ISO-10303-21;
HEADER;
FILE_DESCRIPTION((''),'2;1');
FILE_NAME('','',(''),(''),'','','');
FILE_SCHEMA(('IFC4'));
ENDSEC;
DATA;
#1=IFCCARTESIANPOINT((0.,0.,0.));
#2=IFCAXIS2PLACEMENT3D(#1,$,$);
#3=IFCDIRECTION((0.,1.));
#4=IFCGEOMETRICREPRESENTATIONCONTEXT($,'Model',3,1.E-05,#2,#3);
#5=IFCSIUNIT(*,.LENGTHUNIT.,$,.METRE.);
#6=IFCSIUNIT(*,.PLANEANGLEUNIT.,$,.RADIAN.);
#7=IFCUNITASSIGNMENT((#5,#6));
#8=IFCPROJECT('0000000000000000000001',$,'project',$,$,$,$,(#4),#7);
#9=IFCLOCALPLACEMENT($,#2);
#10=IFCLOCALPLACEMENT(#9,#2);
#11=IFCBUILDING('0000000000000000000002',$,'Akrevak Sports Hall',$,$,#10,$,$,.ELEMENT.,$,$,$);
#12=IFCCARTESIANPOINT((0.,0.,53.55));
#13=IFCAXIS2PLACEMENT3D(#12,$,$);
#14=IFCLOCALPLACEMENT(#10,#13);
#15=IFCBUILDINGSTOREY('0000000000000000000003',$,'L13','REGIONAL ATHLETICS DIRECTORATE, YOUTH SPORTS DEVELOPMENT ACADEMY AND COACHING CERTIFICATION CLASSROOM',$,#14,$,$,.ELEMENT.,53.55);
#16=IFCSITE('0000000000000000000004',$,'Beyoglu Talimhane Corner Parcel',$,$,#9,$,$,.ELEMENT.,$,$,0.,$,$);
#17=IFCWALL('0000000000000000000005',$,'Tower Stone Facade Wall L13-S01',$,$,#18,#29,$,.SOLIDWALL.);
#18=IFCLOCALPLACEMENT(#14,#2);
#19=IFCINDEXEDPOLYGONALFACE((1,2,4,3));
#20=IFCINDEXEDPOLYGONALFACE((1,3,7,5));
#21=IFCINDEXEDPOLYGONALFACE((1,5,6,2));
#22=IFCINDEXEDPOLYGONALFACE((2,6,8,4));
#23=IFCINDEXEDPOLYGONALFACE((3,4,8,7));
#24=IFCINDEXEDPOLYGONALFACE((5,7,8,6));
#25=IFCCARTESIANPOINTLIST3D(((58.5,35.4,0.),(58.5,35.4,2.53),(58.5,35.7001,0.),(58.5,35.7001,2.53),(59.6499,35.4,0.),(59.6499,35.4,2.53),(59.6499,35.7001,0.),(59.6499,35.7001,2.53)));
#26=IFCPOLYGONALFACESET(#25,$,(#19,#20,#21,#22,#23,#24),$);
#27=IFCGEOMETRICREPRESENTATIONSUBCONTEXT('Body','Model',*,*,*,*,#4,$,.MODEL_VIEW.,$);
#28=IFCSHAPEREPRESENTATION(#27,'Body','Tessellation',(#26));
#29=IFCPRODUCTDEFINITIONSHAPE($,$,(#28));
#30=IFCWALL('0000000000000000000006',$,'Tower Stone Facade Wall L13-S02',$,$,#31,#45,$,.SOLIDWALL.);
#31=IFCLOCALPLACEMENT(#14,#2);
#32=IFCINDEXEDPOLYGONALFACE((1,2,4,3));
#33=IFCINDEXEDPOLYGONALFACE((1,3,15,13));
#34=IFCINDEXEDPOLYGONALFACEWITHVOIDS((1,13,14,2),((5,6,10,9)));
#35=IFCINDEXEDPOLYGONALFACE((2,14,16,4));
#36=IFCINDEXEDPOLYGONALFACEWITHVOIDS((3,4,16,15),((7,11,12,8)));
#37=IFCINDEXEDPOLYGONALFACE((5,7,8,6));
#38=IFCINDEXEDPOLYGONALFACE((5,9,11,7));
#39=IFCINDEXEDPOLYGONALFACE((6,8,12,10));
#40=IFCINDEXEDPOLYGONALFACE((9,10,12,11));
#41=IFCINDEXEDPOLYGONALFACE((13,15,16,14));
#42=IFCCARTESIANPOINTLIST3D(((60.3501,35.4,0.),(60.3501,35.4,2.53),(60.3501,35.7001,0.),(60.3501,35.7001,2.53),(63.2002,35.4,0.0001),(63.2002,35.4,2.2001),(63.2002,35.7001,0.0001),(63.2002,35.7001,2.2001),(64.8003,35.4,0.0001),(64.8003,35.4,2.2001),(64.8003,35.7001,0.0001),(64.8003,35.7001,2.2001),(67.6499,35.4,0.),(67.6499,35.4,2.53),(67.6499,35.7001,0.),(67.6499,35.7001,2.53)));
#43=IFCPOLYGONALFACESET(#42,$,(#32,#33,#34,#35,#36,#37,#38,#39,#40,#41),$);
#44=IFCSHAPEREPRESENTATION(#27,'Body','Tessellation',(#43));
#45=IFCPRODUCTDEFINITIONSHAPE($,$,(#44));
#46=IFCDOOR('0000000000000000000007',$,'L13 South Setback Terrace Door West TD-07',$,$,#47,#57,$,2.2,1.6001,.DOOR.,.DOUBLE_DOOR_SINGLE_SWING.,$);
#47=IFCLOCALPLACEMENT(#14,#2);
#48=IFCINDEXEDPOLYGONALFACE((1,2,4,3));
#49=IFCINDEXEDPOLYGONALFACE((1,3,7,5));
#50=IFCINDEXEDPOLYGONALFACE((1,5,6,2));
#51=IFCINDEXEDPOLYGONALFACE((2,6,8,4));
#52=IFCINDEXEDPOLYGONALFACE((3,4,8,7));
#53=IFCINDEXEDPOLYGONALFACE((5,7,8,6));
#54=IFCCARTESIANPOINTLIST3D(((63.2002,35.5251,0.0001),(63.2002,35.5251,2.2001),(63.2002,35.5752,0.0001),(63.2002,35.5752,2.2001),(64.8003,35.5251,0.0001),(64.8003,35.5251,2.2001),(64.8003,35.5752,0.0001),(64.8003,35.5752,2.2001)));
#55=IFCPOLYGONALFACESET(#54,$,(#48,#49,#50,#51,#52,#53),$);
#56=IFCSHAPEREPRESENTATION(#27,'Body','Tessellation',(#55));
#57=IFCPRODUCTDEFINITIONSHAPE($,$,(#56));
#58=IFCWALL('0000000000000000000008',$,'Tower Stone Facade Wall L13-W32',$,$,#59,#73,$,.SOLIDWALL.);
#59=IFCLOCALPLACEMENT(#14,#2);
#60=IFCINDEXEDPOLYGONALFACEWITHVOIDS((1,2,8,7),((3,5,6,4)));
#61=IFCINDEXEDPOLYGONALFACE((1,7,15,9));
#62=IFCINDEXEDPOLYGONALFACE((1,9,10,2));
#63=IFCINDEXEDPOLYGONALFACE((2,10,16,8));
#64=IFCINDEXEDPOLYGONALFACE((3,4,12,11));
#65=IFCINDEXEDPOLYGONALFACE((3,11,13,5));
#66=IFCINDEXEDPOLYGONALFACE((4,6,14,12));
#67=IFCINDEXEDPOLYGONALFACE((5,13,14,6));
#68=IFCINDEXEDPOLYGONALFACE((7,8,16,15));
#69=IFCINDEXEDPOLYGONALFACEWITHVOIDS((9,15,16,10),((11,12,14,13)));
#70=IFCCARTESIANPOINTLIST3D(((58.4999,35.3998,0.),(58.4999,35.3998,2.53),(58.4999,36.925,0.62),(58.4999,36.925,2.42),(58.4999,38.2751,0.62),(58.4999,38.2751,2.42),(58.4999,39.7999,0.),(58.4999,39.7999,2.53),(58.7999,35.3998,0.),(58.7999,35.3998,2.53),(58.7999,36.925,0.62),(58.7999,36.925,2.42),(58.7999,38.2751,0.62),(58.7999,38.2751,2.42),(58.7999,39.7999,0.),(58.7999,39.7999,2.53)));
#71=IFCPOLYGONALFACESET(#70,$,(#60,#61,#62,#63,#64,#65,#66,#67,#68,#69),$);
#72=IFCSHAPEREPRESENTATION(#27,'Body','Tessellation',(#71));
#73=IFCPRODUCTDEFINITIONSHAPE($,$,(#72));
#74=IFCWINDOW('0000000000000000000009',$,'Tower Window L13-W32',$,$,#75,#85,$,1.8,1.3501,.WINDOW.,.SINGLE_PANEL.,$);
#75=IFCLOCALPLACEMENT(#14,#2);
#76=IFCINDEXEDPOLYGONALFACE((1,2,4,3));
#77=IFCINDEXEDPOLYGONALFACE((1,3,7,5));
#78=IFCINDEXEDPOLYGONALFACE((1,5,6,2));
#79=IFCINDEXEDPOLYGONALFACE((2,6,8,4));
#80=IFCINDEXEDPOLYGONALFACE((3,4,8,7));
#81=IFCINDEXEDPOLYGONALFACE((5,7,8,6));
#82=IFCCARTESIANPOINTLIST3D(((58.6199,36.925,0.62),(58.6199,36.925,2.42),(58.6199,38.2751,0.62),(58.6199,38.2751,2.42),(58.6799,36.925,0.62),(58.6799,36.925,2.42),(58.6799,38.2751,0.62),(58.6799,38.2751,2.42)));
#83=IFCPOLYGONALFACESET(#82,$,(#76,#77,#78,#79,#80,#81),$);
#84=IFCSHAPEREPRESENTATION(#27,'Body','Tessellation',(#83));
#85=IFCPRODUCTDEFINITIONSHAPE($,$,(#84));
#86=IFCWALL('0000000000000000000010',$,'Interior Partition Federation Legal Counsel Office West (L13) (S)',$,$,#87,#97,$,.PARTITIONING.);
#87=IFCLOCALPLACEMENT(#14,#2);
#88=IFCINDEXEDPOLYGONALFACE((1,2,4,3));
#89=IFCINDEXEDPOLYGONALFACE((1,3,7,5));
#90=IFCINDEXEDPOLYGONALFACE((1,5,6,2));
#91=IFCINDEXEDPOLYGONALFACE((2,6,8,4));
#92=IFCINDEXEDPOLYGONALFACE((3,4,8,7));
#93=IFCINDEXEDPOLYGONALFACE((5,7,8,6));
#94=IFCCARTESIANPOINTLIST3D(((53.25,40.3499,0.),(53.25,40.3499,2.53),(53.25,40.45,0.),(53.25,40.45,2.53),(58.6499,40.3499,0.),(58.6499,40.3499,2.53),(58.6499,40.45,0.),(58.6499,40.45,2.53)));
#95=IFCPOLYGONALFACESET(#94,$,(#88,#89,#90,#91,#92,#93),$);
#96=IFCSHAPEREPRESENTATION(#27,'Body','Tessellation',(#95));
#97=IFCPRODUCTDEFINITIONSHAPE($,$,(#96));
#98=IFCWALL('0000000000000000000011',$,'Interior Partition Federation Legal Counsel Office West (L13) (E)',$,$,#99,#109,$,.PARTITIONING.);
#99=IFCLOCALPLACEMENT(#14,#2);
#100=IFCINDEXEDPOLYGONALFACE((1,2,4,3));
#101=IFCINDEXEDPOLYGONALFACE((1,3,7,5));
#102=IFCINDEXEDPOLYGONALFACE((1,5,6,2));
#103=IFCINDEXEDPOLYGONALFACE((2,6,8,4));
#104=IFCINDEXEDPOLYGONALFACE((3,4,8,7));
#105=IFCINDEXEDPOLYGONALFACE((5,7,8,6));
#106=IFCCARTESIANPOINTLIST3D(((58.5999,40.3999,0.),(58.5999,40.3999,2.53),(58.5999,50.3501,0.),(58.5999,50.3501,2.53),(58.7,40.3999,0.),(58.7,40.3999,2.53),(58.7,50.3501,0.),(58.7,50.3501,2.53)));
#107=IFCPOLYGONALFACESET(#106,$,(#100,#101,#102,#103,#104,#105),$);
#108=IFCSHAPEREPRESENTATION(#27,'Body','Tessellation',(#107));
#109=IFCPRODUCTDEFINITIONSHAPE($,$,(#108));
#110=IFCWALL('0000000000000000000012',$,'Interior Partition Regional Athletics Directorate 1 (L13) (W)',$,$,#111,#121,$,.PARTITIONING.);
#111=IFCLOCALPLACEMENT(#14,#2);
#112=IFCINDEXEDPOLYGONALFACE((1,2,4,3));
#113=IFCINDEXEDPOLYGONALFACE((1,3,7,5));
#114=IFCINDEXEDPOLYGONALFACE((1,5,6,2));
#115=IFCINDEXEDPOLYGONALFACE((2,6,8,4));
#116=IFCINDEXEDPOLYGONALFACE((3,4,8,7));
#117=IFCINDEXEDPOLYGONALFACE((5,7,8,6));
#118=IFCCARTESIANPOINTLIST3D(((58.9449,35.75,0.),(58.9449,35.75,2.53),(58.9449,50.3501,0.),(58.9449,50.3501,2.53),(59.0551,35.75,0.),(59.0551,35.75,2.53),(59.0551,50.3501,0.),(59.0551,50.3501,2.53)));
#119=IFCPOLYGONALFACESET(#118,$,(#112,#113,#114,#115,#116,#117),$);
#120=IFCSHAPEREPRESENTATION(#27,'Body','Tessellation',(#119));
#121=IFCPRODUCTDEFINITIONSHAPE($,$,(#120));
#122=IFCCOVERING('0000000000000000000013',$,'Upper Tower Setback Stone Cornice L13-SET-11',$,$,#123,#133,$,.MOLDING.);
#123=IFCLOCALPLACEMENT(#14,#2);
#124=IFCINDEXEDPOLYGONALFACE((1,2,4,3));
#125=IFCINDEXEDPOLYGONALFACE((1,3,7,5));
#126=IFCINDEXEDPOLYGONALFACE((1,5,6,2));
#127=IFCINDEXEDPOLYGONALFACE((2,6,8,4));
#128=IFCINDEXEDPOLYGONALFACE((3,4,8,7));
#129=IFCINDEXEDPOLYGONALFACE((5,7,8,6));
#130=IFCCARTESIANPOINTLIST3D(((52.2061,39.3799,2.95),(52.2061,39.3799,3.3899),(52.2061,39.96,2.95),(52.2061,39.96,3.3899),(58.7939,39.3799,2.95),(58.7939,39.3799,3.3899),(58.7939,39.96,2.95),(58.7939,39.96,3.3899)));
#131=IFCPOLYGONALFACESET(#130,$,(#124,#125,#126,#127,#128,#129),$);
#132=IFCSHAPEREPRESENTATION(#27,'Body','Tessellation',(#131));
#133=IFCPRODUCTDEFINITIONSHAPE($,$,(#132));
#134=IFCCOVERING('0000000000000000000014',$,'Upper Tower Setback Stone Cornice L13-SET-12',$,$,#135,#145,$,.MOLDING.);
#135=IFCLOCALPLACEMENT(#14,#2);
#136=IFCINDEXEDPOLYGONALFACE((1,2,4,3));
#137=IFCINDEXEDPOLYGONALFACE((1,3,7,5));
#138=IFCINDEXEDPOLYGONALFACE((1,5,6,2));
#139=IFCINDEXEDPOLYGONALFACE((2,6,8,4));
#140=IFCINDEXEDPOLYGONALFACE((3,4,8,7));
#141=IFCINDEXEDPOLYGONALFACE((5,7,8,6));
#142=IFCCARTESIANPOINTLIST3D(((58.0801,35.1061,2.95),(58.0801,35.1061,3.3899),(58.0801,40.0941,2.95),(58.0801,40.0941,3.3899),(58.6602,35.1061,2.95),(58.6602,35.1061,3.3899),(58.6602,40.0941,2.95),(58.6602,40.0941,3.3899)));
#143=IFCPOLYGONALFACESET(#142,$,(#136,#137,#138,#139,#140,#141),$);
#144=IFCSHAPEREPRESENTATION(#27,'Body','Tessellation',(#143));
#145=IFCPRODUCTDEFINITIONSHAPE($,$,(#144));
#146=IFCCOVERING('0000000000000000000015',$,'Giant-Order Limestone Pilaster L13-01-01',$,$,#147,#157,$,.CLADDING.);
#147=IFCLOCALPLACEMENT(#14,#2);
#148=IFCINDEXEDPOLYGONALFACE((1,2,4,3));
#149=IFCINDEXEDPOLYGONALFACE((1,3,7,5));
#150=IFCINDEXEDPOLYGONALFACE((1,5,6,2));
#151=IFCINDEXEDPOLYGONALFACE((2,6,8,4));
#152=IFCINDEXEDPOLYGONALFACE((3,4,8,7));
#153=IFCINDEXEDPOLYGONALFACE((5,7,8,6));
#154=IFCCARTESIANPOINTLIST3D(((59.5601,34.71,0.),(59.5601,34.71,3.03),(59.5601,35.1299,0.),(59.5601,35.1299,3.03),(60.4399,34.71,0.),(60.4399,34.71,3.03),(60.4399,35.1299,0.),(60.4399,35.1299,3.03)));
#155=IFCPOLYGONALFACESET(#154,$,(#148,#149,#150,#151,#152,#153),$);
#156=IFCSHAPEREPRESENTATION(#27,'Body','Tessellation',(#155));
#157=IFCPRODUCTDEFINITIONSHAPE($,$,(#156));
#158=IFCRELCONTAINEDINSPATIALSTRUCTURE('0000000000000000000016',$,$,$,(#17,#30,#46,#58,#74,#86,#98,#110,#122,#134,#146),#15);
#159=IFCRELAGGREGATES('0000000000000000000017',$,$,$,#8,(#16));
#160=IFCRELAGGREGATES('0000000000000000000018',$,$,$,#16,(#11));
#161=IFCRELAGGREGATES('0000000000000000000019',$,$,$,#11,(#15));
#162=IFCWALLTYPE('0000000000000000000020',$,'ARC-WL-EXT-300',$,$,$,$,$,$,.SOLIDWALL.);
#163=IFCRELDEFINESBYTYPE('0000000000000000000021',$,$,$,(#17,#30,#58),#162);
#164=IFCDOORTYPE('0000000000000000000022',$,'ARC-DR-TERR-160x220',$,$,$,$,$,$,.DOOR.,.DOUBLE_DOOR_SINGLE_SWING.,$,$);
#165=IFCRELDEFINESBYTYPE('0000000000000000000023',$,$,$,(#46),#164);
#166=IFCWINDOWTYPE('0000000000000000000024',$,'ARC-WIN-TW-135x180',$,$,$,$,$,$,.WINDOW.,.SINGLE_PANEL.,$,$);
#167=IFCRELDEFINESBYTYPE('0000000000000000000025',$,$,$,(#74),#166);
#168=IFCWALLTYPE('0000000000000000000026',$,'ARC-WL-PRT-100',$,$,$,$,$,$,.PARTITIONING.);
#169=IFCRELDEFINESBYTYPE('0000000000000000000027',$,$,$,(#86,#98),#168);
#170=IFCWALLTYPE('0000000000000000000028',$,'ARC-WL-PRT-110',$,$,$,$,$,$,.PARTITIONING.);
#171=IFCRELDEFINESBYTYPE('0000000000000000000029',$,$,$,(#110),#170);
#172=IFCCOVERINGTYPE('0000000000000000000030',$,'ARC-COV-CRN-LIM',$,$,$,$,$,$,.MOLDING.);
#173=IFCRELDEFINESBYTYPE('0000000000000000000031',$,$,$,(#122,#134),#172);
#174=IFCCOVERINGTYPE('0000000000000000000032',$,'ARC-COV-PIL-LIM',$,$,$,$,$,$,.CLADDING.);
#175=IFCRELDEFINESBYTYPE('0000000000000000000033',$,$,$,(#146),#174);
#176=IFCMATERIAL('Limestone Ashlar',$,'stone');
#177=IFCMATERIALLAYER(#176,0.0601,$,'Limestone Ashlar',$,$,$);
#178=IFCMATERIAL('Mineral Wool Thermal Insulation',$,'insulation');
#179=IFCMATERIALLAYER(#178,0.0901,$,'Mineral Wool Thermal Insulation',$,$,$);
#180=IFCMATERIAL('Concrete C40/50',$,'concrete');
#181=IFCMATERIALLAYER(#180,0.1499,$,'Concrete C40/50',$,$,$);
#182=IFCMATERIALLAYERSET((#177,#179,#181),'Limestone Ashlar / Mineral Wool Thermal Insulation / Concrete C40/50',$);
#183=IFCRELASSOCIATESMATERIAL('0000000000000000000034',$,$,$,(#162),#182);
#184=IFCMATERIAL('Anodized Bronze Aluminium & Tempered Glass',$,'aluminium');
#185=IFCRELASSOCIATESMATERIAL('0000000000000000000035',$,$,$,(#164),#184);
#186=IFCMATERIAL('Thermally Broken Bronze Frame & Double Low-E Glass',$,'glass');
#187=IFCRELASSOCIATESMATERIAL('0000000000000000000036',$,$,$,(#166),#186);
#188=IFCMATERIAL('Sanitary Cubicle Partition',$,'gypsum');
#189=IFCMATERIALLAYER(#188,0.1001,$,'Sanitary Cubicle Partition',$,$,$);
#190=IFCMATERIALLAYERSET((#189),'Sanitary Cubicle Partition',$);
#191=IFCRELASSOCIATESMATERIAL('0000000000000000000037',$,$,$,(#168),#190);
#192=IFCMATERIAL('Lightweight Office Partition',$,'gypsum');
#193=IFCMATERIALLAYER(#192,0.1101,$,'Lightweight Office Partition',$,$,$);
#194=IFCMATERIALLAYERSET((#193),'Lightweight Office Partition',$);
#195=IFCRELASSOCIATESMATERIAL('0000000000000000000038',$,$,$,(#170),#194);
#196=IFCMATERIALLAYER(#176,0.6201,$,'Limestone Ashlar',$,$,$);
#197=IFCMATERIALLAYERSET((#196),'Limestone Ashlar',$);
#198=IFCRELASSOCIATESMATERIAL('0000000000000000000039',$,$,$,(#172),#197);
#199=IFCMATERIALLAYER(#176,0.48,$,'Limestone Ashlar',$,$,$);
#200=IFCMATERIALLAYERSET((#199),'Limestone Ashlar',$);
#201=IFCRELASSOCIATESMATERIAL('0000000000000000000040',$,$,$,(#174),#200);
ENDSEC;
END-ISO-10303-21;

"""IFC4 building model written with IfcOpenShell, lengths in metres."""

from ifc_helpers import new_model, si_unit, direction, frame, frame_2d, origin, origin_2d, place, context, subcontext, project, spatial, rectangle, extrude, material, layer, layer_set, type_object, element, fill, save


model = new_model("IFC4")

# Units and contexts
model_context = context("Model", 3, precision=1e-05, world=origin(), true_north=direction((0.0, 1.0)))
body_context = subcontext(model_context, "Body", "Model", "MODEL_VIEW")
ifc_project = project(units=[si_unit("LENGTHUNIT", "METRE"), si_unit("PLANEANGLEUNIT", "RADIAN")], contexts=[model_context])

# Site, building, storey
site_placement = place(None, origin())
site = spatial("IfcSite", under=ifc_project, at=site_placement, Name="Beyoglu Talimhane Corner Parcel", CompositionType="ELEMENT", RefElevation=0.0)
building_placement = place(site_placement, origin())
building = spatial("IfcBuilding", under=site, at=building_placement, Name="Akrevak Sports Hall", CompositionType="ELEMENT")
storey_placement = place(building_placement, frame((0.0, 0.0, 53.55)))
storey = spatial("IfcBuildingStorey", under=building, at=storey_placement, Name="L13", Description="REGIONAL ATHLETICS DIRECTORATE, YOUTH SPORTS DEVELOPMENT ACADEMY AND COACHING CERTIFICATION CLASSROOM", CompositionType="ELEMENT", Elevation=53.55)

# Shared definitions
ifc_material_1 = material(Name="Concrete C40/50", Category="concrete")

# Wall
ifc_material_2 = material(Name="Limestone Ashlar", Category="stone")
ifc_layer_1 = layer(ifc_material_2, 0.0601, Name="Limestone Ashlar")
ifc_material_3 = material(Name="Mineral Wool Thermal Insulation", Category="insulation")
ifc_layer_2 = layer(ifc_material_3, 0.0901, Name="Mineral Wool Thermal Insulation")
ifc_layer_3 = layer(ifc_material_1, 0.1499, Name="Concrete C40/50")
ifc_layer_set_1 = layer_set([ifc_layer_1, ifc_layer_2, ifc_layer_3], Name="Limestone Ashlar / Mineral Wool Thermal Insulation / Concrete C40/50")
wall_type_1 = type_object("IfcWallType", Name="ARC-WL-EXT-300", PredefinedType="SOLIDWALL", material=ifc_layer_set_1)
wall_1_placement = place(storey_placement, frame((58.5, 35.55, 0.0), z_axis=(0.0, 0.0, 1.0), x_axis=(1.0, 0.0, 0.0)))
element("IfcWall", 1, at=wall_1_placement, inside=storey, type_object=wall_type_1, Name="Tower Stone Facade Wall L13-S01", PredefinedType="SOLIDWALL", context=body_context, shape_type="SweptSolid", body=[
    extrude(rectangle(XDim=1.1499, YDim=0.3, at=frame_2d((0.575, 0.0))), origin(), (0.0, 0.0, 1.0), 2.53),
])

# Wall, opening, door
wall_2_placement = place(storey_placement, frame((60.3501, 35.55, 0.0), z_axis=(0.0, 0.0, 1.0), x_axis=(1.0, 0.0, 0.0)))
wall_2 = element("IfcWall", 2, at=wall_2_placement, inside=storey, type_object=wall_type_1, Name="Tower Stone Facade Wall L13-S02", PredefinedType="SOLIDWALL", context=body_context, shape_type="SweptSolid", body=[
    extrude(rectangle(XDim=7.2998, YDim=0.3, at=frame_2d((3.6499, 0.0))), origin(), (0.0, 0.0, 1.0), 2.53),
])
opening_1_placement = place(wall_2_placement, frame((2.8501, 0.0, 0.0)))
opening_1 = element("IfcOpeningElement", 3, at=opening_1_placement, cuts=wall_2, PredefinedType="OPENING", context=body_context, shape_type="SweptSolid", body=[
    extrude(rectangle(XDim=1.6001, YDim=2.2, at=frame_2d((0.8, 1.1001))), frame((0.0, 0.1621, 0.0), z_axis=(0.0, -1.0, 0.0), x_axis=(1.0, 0.0, 0.0)), (0.0, 0.0, 1.0), 0.324),
])
ifc_material_4 = material(Name="Anodized Bronze Aluminium & Tempered Glass", Category="aluminium")
door_type = type_object("IfcDoorType", Name="ARC-DR-TERR-160x220", OperationType="DOUBLE_DOOR_SINGLE_SWING", PredefinedType="DOOR", material=ifc_material_4)
door_placement = place(opening_1_placement, frame((1.6001, 0.0, 0.0), z_axis=(0.0, 0.0, 1.0), x_axis=(-1.0, 0.0, 0.0)))
door = element("IfcDoor", 4, at=door_placement, inside=storey, type_object=door_type, Name="L13 South Setback Terrace Door West TD-07", OperationType="DOUBLE_DOOR_SINGLE_SWING", OverallHeight=2.2, OverallWidth=1.6001, PredefinedType="DOOR", context=body_context, shape_type="SweptSolid", body=[
    extrude(rectangle(XDim=1.6001, YDim=2.2, at=frame_2d((0.8, 1.1001))), frame((0.0, 0.0249, 0.0), z_axis=(0.0, -1.0, 0.0), x_axis=(1.0, 0.0, 0.0)), (0.0, 0.0, 1.0), 0.05),
])
fill(opening_1, door)

# Wall, opening, window
wall_3_placement = place(storey_placement, frame((58.6499, 39.8, 0.0), z_axis=(0.0, 0.0, 1.0), x_axis=(0.0, -1.0, 0.0)))
wall_3 = element("IfcWall", 5, at=wall_3_placement, inside=storey, type_object=wall_type_1, Name="Tower Stone Facade Wall L13-W32", PredefinedType="SOLIDWALL", context=body_context, shape_type="SweptSolid", body=[
    extrude(rectangle(XDim=4.4001, YDim=0.3, at=frame_2d((2.2002, 0.0))), origin(), (0.0, 0.0, 1.0), 2.53),
])
opening_2_placement = place(wall_3_placement, frame((1.5249, 0.0, 0.6201)))
opening_2 = element("IfcOpeningElement", 6, at=opening_2_placement, cuts=wall_3, PredefinedType="OPENING", context=body_context, shape_type="SweptSolid", body=[
    extrude(rectangle(XDim=1.3501, YDim=1.8, at=frame_2d((0.675, 0.8999))), frame((0.0, 0.1621, 0.0), z_axis=(0.0, -1.0, 0.0), x_axis=(1.0, 0.0, 0.0)), (0.0, 0.0, 1.0), 0.324),
])
ifc_material_5 = material(Name="Thermally Broken Bronze Frame & Double Low-E Glass", Category="glass")
window_type = type_object("IfcWindowType", Name="ARC-WIN-TW-135x180", PartitioningType="SINGLE_PANEL", PredefinedType="WINDOW", material=ifc_material_5)
window_placement = place(opening_2_placement, origin())
window = element("IfcWindow", 7, at=window_placement, inside=storey, type_object=window_type, Name="Tower Window L13-W32", OverallHeight=1.8, OverallWidth=1.3501, PartitioningType="SINGLE_PANEL", PredefinedType="WINDOW", context=body_context, shape_type="SweptSolid", body=[
    extrude(rectangle(XDim=1.3501, YDim=1.8, at=frame_2d((0.675, 0.8999))), frame((0.0, 0.03, 0.0), z_axis=(0.0, -1.0, 0.0), x_axis=(1.0, 0.0, 0.0)), (0.0, 0.0, 1.0), 0.0601),
])
fill(opening_2, window)

# Walls
ifc_material_6 = material(Name="Sanitary Cubicle Partition", Category="gypsum")
ifc_layer_4 = layer(ifc_material_6, 0.1001, Name="Sanitary Cubicle Partition")
ifc_layer_set_2 = layer_set([ifc_layer_4], Name="Sanitary Cubicle Partition")
wall_type_2 = type_object("IfcWallType", Name="ARC-WL-PRT-100", PredefinedType="PARTITIONING", material=ifc_layer_set_2)
wall_4_placement = place(storey_placement, frame((53.25, 40.3999, 0.0), z_axis=(0.0, 0.0, 1.0), x_axis=(1.0, 0.0, 0.0)))
element("IfcWall", 8, at=wall_4_placement, inside=storey, type_object=wall_type_2, Name="Interior Partition Federation Legal Counsel Office West (L13) (S)", PredefinedType="PARTITIONING", context=body_context, shape_type="SweptSolid", body=[
    extrude(rectangle(XDim=5.3999, YDim=0.1001, at=frame_2d((2.7, 0.0))), origin(), (0.0, 0.0, 1.0), 2.53),
])
wall_5_placement = place(storey_placement, frame((58.6499, 40.3999, 0.0), z_axis=(0.0, 0.0, 1.0), x_axis=(0.0, 1.0, 0.0)))
element("IfcWall", 9, at=wall_5_placement, inside=storey, type_object=wall_type_2, Name="Interior Partition Federation Legal Counsel Office West (L13) (E)", PredefinedType="PARTITIONING", context=body_context, shape_type="SweptSolid", body=[
    extrude(rectangle(XDim=9.9502, YDim=0.1001, at=frame_2d((4.9751, 0.0))), origin(), (0.0, 0.0, 1.0), 2.53),
])
ifc_material_7 = material(Name="Lightweight Office Partition", Category="gypsum")
ifc_layer_5 = layer(ifc_material_7, 0.1101, Name="Lightweight Office Partition")
ifc_layer_set_3 = layer_set([ifc_layer_5], Name="Lightweight Office Partition")
wall_type_3 = type_object("IfcWallType", Name="ARC-WL-PRT-110", PredefinedType="PARTITIONING", material=ifc_layer_set_3)
wall_6_placement = place(storey_placement, frame((59.0, 35.75, 0.0), z_axis=(0.0, 0.0, 1.0), x_axis=(0.0, 1.0, 0.0)))
element("IfcWall", 10, at=wall_6_placement, inside=storey, type_object=wall_type_3, Name="Interior Partition Regional Athletics Directorate 1 (L13) (W)", PredefinedType="PARTITIONING", context=body_context, shape_type="SweptSolid", body=[
    extrude(rectangle(XDim=14.6001, YDim=0.1101, at=frame_2d((7.3, 0.0))), origin(), (0.0, 0.0, 1.0), 2.53),
])

# Coverings
ifc_layer_6 = layer(ifc_material_2, 0.6201, Name="Limestone Ashlar")
ifc_layer_set_4 = layer_set([ifc_layer_6], Name="Limestone Ashlar")
covering_type_1 = type_object("IfcCoveringType", Name="ARC-COV-CRN-LIM", PredefinedType="MOLDING", material=ifc_layer_set_4)
covering_1_placement = place(storey_placement, frame((55.5, 39.6699, 2.95), z_axis=(0.0, 0.0, 1.0), x_axis=(1.0, 0.0, 0.0)))
element("IfcCovering", 11, at=covering_1_placement, inside=storey, type_object=covering_type_1, Name="Upper Tower Setback Stone Cornice L13-SET-11", PredefinedType="MOLDING", context=body_context, shape_type="SweptSolid", body=[
    extrude(rectangle(XDim=6.5879, YDim=0.5801, at=origin_2d()), origin(), (0.0, 0.0, 1.0), 0.4399),
])
covering_2_placement = place(storey_placement, frame((58.3701, 37.6001, 2.95), z_axis=(0.0, 0.0, 1.0), x_axis=(0.0, -1.0, 0.0)))
element("IfcCovering", 12, at=covering_2_placement, inside=storey, type_object=covering_type_1, Name="Upper Tower Setback Stone Cornice L13-SET-12", PredefinedType="MOLDING", context=body_context, shape_type="SweptSolid", body=[
    extrude(rectangle(XDim=4.988, YDim=0.5801, at=origin_2d()), origin(), (0.0, 0.0, 1.0), 0.4399),
])
ifc_layer_7 = layer(ifc_material_2, 0.48, Name="Limestone Ashlar")
ifc_layer_set_5 = layer_set([ifc_layer_7], Name="Limestone Ashlar")
covering_type_2 = type_object("IfcCoveringType", Name="ARC-COV-PIL-LIM", PredefinedType="CLADDING", material=ifc_layer_set_5)
covering_3_placement = place(storey_placement, frame((60.0, 34.9199, 0.0), z_axis=(0.0, 0.0, 1.0), x_axis=(1.0, 0.0, 0.0)))
element("IfcCovering", 13, at=covering_3_placement, inside=storey, type_object=covering_type_2, Name="Giant-Order Limestone Pilaster L13-01-01", PredefinedType="CLADDING", context=body_context, shape_type="SweptSolid", body=[
    extrude(rectangle(XDim=0.8799, YDim=0.4199, at=origin_2d()), origin(), (0.0, 0.0, 1.0), 3.03),
])

save(model, "model.ifc")
